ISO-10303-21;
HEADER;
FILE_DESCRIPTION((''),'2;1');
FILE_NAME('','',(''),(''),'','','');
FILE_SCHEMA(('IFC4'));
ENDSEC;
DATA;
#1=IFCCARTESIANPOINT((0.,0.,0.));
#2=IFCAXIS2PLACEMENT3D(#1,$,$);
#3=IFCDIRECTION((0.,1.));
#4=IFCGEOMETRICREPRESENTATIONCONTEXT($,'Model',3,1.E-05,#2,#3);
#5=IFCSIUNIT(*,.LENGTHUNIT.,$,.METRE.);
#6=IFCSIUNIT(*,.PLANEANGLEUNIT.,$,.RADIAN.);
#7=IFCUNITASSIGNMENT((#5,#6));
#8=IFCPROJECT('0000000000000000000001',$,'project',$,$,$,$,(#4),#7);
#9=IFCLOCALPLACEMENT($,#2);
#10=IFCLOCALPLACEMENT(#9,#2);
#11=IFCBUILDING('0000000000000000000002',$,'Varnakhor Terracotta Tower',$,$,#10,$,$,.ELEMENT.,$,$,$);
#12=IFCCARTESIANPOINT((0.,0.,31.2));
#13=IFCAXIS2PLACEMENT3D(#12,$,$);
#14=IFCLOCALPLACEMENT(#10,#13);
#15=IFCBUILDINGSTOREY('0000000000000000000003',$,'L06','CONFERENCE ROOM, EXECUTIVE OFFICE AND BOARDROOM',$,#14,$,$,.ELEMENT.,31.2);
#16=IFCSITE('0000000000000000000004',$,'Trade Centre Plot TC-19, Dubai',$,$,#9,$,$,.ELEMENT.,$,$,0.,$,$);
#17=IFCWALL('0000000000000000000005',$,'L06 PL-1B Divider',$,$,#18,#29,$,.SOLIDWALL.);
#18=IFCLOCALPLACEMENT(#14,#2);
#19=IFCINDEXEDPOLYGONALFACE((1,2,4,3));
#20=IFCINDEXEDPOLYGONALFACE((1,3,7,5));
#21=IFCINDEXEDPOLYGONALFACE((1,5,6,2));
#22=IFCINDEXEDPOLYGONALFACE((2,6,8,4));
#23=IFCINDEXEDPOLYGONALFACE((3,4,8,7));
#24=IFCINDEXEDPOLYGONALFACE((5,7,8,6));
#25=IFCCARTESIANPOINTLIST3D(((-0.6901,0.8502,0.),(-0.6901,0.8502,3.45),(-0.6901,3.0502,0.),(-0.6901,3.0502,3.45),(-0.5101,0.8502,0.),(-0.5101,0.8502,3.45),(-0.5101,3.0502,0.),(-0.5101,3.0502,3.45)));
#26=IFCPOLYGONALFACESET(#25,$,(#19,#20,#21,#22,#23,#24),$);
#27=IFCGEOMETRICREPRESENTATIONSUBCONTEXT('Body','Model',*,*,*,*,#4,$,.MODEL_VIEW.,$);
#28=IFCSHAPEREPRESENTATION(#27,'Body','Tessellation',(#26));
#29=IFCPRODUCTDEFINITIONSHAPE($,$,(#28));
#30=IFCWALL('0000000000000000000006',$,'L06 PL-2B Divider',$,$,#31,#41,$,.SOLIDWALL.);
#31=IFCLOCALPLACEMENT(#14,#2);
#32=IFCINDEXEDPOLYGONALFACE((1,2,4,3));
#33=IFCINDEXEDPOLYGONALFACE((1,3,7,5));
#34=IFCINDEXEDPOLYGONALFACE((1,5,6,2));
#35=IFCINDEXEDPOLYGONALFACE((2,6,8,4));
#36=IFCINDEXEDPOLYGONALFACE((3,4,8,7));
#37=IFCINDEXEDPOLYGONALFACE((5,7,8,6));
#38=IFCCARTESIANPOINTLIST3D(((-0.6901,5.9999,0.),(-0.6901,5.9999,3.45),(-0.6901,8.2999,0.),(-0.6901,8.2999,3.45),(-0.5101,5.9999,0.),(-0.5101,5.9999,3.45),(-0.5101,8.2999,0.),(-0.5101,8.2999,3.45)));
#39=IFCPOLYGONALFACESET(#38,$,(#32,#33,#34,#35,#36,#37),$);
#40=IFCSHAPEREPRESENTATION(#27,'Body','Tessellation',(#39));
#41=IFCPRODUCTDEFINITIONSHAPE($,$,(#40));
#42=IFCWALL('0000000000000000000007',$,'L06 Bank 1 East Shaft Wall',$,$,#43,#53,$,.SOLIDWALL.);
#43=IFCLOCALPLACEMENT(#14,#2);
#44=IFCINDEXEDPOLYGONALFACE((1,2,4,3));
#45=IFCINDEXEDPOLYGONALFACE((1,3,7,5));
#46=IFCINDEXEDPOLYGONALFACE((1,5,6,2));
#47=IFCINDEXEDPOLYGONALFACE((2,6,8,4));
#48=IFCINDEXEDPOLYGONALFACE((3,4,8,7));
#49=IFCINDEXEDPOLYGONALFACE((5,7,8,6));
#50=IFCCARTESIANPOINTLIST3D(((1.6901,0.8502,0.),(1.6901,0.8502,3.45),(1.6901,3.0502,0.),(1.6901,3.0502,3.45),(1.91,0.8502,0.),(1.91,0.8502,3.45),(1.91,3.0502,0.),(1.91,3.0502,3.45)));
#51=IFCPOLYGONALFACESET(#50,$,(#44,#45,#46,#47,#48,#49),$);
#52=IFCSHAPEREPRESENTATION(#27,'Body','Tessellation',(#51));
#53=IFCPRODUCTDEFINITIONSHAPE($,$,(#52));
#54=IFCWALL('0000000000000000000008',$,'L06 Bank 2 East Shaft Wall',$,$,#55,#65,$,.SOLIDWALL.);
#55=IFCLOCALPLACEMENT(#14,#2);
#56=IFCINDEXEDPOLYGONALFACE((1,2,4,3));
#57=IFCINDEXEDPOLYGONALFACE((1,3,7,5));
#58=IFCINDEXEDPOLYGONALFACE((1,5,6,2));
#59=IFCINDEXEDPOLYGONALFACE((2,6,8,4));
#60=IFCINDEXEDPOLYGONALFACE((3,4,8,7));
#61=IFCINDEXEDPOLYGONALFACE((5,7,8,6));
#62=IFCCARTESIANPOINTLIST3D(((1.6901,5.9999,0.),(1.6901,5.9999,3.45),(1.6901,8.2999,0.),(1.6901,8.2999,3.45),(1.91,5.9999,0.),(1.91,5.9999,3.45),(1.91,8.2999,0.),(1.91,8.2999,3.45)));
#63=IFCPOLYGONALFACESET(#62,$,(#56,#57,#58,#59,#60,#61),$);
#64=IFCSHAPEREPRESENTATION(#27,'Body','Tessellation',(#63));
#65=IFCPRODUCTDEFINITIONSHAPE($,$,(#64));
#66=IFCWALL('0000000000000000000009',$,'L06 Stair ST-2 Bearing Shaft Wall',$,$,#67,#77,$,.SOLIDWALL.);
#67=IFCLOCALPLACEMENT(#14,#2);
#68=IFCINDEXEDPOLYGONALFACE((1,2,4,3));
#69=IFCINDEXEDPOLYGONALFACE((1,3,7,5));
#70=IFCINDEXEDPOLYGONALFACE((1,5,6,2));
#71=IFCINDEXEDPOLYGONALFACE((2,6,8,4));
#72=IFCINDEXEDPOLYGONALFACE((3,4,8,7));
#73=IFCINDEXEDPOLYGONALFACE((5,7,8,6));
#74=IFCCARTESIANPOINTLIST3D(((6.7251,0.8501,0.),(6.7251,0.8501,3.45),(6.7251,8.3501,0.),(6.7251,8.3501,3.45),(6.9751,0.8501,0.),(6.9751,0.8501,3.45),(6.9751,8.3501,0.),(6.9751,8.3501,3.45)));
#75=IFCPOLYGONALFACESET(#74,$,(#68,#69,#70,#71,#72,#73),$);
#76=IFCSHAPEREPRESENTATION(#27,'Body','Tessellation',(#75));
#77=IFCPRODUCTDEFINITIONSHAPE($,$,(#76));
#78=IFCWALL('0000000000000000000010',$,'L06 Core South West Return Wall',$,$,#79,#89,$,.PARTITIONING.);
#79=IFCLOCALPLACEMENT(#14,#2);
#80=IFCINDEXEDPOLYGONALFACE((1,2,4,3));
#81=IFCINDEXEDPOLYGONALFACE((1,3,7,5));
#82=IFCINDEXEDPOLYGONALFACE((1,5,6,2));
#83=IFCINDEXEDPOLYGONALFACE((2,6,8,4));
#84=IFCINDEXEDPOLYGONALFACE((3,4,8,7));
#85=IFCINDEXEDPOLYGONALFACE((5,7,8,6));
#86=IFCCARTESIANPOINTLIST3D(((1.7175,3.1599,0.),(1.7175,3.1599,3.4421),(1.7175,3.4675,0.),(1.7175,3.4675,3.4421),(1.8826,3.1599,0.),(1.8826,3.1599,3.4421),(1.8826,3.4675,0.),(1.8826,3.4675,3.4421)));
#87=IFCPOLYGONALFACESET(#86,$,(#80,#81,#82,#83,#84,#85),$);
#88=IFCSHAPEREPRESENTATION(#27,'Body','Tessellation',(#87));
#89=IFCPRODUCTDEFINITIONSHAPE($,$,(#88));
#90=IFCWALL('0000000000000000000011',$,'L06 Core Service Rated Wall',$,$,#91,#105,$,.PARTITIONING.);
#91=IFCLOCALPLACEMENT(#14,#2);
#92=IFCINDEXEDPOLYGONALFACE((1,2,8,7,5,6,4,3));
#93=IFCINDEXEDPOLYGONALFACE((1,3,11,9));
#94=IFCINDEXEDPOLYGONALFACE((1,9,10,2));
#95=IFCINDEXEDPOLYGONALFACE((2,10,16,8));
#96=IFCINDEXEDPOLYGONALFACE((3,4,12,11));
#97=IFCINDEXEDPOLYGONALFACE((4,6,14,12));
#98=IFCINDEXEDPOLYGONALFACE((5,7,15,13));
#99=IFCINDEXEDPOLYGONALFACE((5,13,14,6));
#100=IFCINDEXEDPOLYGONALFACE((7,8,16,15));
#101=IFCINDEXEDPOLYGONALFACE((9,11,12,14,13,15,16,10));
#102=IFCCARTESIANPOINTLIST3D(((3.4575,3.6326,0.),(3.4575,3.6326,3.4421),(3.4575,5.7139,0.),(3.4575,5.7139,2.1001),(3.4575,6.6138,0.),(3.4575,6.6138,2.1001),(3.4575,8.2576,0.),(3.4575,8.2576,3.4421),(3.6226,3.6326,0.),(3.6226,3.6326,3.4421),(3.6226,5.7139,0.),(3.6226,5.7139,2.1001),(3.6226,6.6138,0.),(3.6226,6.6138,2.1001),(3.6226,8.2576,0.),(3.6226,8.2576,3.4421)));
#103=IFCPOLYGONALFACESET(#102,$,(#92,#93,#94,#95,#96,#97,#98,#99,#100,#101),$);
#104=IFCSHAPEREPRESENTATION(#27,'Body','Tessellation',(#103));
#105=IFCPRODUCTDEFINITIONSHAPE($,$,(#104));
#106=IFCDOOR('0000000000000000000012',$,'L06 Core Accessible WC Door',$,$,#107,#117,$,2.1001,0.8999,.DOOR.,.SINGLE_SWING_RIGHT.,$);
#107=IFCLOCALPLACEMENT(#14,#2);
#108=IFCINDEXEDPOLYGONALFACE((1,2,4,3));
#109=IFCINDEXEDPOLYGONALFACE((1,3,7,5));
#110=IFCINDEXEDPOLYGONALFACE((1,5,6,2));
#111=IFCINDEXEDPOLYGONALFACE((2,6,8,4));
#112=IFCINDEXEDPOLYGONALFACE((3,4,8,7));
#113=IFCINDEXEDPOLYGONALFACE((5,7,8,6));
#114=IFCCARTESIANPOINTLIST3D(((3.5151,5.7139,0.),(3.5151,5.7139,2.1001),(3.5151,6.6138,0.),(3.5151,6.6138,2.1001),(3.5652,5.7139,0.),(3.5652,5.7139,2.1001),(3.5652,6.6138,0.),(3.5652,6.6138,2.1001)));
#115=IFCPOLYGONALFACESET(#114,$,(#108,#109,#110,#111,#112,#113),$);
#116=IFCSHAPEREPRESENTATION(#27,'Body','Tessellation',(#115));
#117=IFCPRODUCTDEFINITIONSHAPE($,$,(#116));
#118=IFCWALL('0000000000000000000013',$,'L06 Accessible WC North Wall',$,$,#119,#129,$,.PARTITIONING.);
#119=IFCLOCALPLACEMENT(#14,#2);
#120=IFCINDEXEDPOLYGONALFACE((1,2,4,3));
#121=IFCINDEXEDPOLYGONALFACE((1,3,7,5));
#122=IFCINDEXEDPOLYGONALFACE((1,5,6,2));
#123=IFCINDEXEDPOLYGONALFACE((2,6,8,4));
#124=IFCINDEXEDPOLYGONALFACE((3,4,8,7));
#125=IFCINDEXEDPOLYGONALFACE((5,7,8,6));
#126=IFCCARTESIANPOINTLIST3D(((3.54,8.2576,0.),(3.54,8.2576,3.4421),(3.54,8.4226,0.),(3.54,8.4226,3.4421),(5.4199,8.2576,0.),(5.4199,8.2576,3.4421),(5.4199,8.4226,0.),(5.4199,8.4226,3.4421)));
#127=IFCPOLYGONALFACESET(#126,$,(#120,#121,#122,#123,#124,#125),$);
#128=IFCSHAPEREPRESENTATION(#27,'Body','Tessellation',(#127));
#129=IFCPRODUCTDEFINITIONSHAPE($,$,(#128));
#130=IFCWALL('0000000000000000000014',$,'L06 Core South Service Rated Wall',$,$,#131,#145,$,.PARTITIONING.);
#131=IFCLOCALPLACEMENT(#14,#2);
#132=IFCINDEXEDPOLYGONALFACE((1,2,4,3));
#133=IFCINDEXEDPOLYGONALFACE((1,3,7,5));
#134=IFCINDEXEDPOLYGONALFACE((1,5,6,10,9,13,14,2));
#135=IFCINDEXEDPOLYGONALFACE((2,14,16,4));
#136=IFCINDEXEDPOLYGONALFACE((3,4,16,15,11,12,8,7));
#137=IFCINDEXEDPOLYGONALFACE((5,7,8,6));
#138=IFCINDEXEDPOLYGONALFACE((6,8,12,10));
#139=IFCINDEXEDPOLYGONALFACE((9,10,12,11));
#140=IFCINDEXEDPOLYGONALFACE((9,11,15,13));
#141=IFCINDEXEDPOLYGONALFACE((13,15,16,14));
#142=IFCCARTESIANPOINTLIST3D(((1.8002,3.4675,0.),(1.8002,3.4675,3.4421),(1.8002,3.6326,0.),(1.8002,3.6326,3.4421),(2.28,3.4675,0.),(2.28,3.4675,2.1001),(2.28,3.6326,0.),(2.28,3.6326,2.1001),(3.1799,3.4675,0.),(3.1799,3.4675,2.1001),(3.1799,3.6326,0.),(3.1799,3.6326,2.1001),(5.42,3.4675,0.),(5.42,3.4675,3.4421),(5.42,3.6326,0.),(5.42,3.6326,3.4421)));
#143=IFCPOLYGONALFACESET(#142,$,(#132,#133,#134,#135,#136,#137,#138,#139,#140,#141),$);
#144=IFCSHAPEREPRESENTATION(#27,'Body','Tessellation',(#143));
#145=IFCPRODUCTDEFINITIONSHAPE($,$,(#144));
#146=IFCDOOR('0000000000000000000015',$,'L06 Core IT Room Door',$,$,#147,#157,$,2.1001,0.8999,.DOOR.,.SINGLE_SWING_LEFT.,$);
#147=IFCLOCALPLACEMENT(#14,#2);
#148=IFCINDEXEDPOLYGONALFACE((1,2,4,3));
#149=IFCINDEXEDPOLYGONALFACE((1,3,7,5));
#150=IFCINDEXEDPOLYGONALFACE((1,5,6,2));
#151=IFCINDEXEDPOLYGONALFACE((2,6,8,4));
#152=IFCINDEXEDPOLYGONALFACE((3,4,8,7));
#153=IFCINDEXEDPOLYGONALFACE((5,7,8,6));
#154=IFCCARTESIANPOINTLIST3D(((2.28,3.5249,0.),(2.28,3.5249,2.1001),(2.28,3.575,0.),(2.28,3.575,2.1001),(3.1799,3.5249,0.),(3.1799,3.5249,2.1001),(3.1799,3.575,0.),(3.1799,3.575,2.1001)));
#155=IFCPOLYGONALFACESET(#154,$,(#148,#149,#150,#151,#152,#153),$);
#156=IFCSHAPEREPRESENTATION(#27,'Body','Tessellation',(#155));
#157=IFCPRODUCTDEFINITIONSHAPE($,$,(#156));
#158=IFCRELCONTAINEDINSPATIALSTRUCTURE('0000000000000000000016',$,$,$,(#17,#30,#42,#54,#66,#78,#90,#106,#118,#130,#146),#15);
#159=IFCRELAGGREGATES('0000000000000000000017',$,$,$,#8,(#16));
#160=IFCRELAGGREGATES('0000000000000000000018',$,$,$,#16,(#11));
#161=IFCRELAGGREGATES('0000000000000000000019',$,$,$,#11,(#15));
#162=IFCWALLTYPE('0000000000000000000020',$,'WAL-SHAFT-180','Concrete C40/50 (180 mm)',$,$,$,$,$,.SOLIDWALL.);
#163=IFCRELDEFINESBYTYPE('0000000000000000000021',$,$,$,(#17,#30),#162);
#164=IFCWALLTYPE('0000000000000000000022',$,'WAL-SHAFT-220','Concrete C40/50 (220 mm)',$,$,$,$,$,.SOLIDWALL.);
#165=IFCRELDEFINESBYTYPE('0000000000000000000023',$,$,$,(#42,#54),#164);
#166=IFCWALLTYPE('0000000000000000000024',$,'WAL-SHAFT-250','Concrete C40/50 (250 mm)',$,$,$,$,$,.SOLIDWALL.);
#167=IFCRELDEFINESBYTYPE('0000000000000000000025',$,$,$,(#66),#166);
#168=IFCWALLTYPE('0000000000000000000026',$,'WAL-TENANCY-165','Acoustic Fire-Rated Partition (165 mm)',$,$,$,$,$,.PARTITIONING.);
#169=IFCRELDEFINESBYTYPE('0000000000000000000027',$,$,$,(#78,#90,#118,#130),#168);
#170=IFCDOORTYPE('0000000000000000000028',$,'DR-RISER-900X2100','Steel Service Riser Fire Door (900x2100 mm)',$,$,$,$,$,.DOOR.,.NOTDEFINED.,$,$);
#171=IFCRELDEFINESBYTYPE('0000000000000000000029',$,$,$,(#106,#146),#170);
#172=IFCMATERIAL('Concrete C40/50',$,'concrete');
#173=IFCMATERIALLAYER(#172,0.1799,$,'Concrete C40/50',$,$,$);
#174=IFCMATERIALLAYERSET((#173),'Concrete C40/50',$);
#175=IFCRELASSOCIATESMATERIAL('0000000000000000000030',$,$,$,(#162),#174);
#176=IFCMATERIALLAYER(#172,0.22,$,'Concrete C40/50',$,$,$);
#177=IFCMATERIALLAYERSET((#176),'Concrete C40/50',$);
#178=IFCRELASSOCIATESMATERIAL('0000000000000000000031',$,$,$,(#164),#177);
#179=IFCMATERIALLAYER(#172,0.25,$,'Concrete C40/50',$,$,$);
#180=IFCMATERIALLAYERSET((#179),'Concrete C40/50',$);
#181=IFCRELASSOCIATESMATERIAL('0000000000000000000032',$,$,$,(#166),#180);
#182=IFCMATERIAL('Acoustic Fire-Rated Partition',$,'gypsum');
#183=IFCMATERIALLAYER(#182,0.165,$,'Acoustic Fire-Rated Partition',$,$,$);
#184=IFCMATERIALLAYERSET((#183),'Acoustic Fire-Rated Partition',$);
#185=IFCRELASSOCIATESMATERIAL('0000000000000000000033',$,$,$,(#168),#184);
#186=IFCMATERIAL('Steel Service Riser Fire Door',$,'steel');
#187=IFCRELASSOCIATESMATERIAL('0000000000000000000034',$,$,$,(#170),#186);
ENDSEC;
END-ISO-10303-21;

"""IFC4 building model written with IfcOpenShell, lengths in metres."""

from ifc_helpers import new_model, si_unit, direction, frame, frame_2d, origin, place, context, subcontext, project, spatial, rectangle, extrude, source, transform, mapped, material, layer, layer_set, type_object, type_shapes, element, fill, save


model = new_model("IFC4")

# Units and contexts
model_context = context("Model", 3, precision=1e-05, world=origin(), true_north=direction((0.0, 1.0)))
body_context = subcontext(model_context, "Body", "Model", "MODEL_VIEW")
ifc_project = project(units=[si_unit("LENGTHUNIT", "METRE"), si_unit("PLANEANGLEUNIT", "RADIAN")], contexts=[model_context])

# Site, building, storey
site_placement = place(None, origin())
site = spatial("IfcSite", under=ifc_project, at=site_placement, Name="Trade Centre Plot TC-19, Dubai", CompositionType="ELEMENT", RefElevation=0.0)
building_placement = place(site_placement, origin())
building = spatial("IfcBuilding", under=site, at=building_placement, Name="Varnakhor Terracotta Tower", CompositionType="ELEMENT")
storey_placement = place(building_placement, frame((0.0, 0.0, 31.2)))
storey = spatial("IfcBuildingStorey", under=building, at=storey_placement, Name="L06", Description="CONFERENCE ROOM, EXECUTIVE OFFICE AND BOARDROOM", CompositionType="ELEMENT", Elevation=31.2)

# Shared definitions
ifc_material_1 = material(Name="Concrete C40/50", Category="concrete")

# Walls
ifc_layer_1 = layer(ifc_material_1, 0.1799, Name="Concrete C40/50")
ifc_layer_set_1 = layer_set([ifc_layer_1], Name="Concrete C40/50")
wall_type_1 = type_object("IfcWallType", Name="WAL-SHAFT-180", Description="Concrete C40/50 (180 mm)", PredefinedType="SOLIDWALL", material=ifc_layer_set_1)
wall_1_placement = place(storey_placement, frame((-0.6001, 0.8501, 0.0), z_axis=(0.0, 0.0, 1.0), x_axis=(0.0, 1.0, 0.0)))
element("IfcWall", 1, at=wall_1_placement, inside=storey, type_object=wall_type_1, Name="L06 PL-1B Divider", PredefinedType="SOLIDWALL", context=body_context, shape_type="SweptSolid", body=[
    extrude(rectangle(XDim=2.2, YDim=0.1799, at=frame_2d((1.1001, 0.0))), origin(), (0.0, 0.0, 1.0), 3.45),
])
wall_2_placement = place(storey_placement, frame((-0.6001, 6.0, 0.0), z_axis=(0.0, 0.0, 1.0), x_axis=(0.0, 1.0, 0.0)))
element("IfcWall", 2, at=wall_2_placement, inside=storey, type_object=wall_type_1, Name="L06 PL-2B Divider", PredefinedType="SOLIDWALL", context=body_context, shape_type="SweptSolid", body=[
    extrude(rectangle(XDim=2.3, YDim=0.1799, at=frame_2d((1.1499, 0.0))), origin(), (0.0, 0.0, 1.0), 3.45),
])
ifc_layer_2 = layer(ifc_material_1, 0.22, Name="Concrete C40/50")
ifc_layer_set_2 = layer_set([ifc_layer_2], Name="Concrete C40/50")
wall_type_2 = type_object("IfcWallType", Name="WAL-SHAFT-220", Description="Concrete C40/50 (220 mm)", PredefinedType="SOLIDWALL", material=ifc_layer_set_2)
wall_3_placement = place(storey_placement, frame((1.8, 0.8501, 0.0), z_axis=(0.0, 0.0, 1.0), x_axis=(0.0, 1.0, 0.0)))
element("IfcWall", 3, at=wall_3_placement, inside=storey, type_object=wall_type_2, Name="L06 Bank 1 East Shaft Wall", PredefinedType="SOLIDWALL", context=body_context, shape_type="SweptSolid", body=[
    extrude(rectangle(XDim=2.2, YDim=0.22, at=frame_2d((1.1001, 0.0))), origin(), (0.0, 0.0, 1.0), 3.45),
])
wall_4_placement = place(storey_placement, frame((1.8, 6.0, 0.0), z_axis=(0.0, 0.0, 1.0), x_axis=(0.0, 1.0, 0.0)))
element("IfcWall", 4, at=wall_4_placement, inside=storey, type_object=wall_type_2, Name="L06 Bank 2 East Shaft Wall", PredefinedType="SOLIDWALL", context=body_context, shape_type="SweptSolid", body=[
    extrude(rectangle(XDim=2.3, YDim=0.22, at=frame_2d((1.1499, 0.0))), origin(), (0.0, 0.0, 1.0), 3.45),
])
ifc_layer_3 = layer(ifc_material_1, 0.25, Name="Concrete C40/50")
ifc_layer_set_3 = layer_set([ifc_layer_3], Name="Concrete C40/50")
wall_type_3 = type_object("IfcWallType", Name="WAL-SHAFT-250", Description="Concrete C40/50 (250 mm)", PredefinedType="SOLIDWALL", material=ifc_layer_set_3)
wall_5_placement = place(storey_placement, frame((6.8501, 0.8501, 0.0), z_axis=(0.0, 0.0, 1.0), x_axis=(0.0, 1.0, 0.0)))
element("IfcWall", 5, at=wall_5_placement, inside=storey, type_object=wall_type_3, Name="L06 Stair ST-2 Bearing Shaft Wall", PredefinedType="SOLIDWALL", context=body_context, shape_type="SweptSolid", body=[
    extrude(rectangle(XDim=7.5, YDim=0.25, at=frame_2d((3.75, 0.0))), origin(), (0.0, 0.0, 1.0), 3.45),
])
ifc_material_2 = material(Name="Acoustic Fire-Rated Partition", Category="gypsum")
ifc_layer_4 = layer(ifc_material_2, 0.165, Name="Acoustic Fire-Rated Partition")
ifc_layer_set_4 = layer_set([ifc_layer_4], Name="Acoustic Fire-Rated Partition")
wall_type_4 = type_object("IfcWallType", Name="WAL-TENANCY-165", Description="Acoustic Fire-Rated Partition (165 mm)", PredefinedType="PARTITIONING", material=ifc_layer_set_4)
wall_6_placement = place(storey_placement, frame((1.8, 3.1599, 0.0), z_axis=(0.0, 0.0, 1.0), x_axis=(0.0, 1.0, 0.0)))
element("IfcWall", 6, at=wall_6_placement, inside=storey, type_object=wall_type_4, Name="L06 Core South West Return Wall", PredefinedType="PARTITIONING", context=body_context, shape_type="SweptSolid", body=[
    extrude(rectangle(XDim=0.3076, YDim=0.165, at=frame_2d((0.1538, 0.0))), origin(), (0.0, 0.0, 1.0), 3.4421),
])

# Wall, opening, door
wall_7_placement = place(storey_placement, frame((3.54, 3.6326, 0.0), z_axis=(0.0, 0.0, 1.0), x_axis=(0.0, 1.0, 0.0)))
wall_7 = element("IfcWall", 7, at=wall_7_placement, inside=storey, type_object=wall_type_4, Name="L06 Core Service Rated Wall", PredefinedType="PARTITIONING", context=body_context, shape_type="SweptSolid", body=[
    extrude(rectangle(XDim=4.625, YDim=0.165, at=frame_2d((2.3125, 0.0))), origin(), (0.0, 0.0, 1.0), 3.4421),
])
opening_1_placement = place(wall_7_placement, frame((2.0813, 0.0, 0.0)))
opening_1 = element("IfcOpeningElement", 8, at=opening_1_placement, cuts=wall_7, PredefinedType="OPENING", context=body_context, shape_type="SweptSolid", body=[
    extrude(rectangle(XDim=0.8999, YDim=2.1001, at=frame_2d((0.45, 1.05))), frame((0.0, 0.0925, 0.0), z_axis=(0.0, -1.0, 0.0), x_axis=(1.0, 0.0, 0.0)), (0.0, 0.0, 1.0), 0.1851),
])
ifc_material_3 = material(Name="Steel Service Riser Fire Door", Category="steel")
door_type_1 = type_object("IfcDoorType", Name="DR-RISER-900X2100", Description="Steel Service Riser Fire Door (900x2100 mm)", OperationType="NOTDEFINED", PredefinedType="DOOR", material=ifc_material_3)
shared_shape_1 = source(origin(), body_context, "Body", "SweptSolid", [
    extrude(rectangle(XDim=0.8999, YDim=2.1001, at=frame_2d((0.45, 1.05))), frame((0.0, 0.0249, 0.0), z_axis=(0.0, -1.0, 0.0), x_axis=(1.0, 0.0, 0.0)), (0.0, 0.0, 1.0), 0.05),
])
type_shapes(door_type_1, [shared_shape_1])
door_1_placement = place(opening_1_placement, origin())
door_1 = element("IfcDoor", 9, at=door_1_placement, inside=storey, type_object=door_type_1, Name="L06 Core Accessible WC Door", OperationType="SINGLE_SWING_RIGHT", OverallHeight=2.1001, OverallWidth=0.8999, PredefinedType="DOOR", context=body_context, shape_type="MappedRepresentation", body=[
    mapped(shared_shape_1, transform((0.0, 0.0, 0.0), scale=1.0)),
])
fill(opening_1, door_1)

# Wall
wall_8_placement = place(storey_placement, frame((3.54, 8.3401, 0.0), z_axis=(0.0, 0.0, 1.0), x_axis=(1.0, 0.0, 0.0)))
element("IfcWall", 10, at=wall_8_placement, inside=storey, type_object=wall_type_4, Name="L06 Accessible WC North Wall", PredefinedType="PARTITIONING", context=body_context, shape_type="SweptSolid", body=[
    extrude(rectangle(XDim=1.8799, YDim=0.165, at=frame_2d((0.9399, 0.0))), origin(), (0.0, 0.0, 1.0), 3.4421),
])

# Wall, opening, door
wall_9_placement = place(storey_placement, frame((1.8, 3.55, 0.0), z_axis=(0.0, 0.0, 1.0), x_axis=(1.0, 0.0, 0.0)))
wall_9 = element("IfcWall", 11, at=wall_9_placement, inside=storey, type_object=wall_type_4, Name="L06 Core South Service Rated Wall", PredefinedType="PARTITIONING", context=body_context, shape_type="SweptSolid", body=[
    extrude(rectangle(XDim=3.6199, YDim=0.165, at=frame_2d((1.8101, 0.0))), origin(), (0.0, 0.0, 1.0), 3.4421),
])
opening_2_placement = place(wall_9_placement, frame((0.48, 0.0, 0.0)))
opening_2 = element("IfcOpeningElement", 12, at=opening_2_placement, cuts=wall_9, PredefinedType="OPENING", context=body_context, shape_type="SweptSolid", body=[
    extrude(rectangle(XDim=0.8999, YDim=2.1001, at=frame_2d((0.45, 1.05))), frame((0.0, 0.0925, 0.0), z_axis=(0.0, -1.0, 0.0), x_axis=(1.0, 0.0, 0.0)), (0.0, 0.0, 1.0), 0.1851),
])
door_2_placement = place(opening_2_placement, origin())
door_2 = element("IfcDoor", 13, at=door_2_placement, inside=storey, type_object=door_type_1, Name="L06 Core IT Room Door", OperationType="SINGLE_SWING_LEFT", OverallHeight=2.1001, OverallWidth=0.8999, PredefinedType="DOOR", context=body_context, shape_type="MappedRepresentation", body=[
    mapped(shared_shape_1, transform((0.0, 0.0, 0.0), scale=1.0)),
])
fill(opening_2, door_2)

save(model, "model.ifc")
